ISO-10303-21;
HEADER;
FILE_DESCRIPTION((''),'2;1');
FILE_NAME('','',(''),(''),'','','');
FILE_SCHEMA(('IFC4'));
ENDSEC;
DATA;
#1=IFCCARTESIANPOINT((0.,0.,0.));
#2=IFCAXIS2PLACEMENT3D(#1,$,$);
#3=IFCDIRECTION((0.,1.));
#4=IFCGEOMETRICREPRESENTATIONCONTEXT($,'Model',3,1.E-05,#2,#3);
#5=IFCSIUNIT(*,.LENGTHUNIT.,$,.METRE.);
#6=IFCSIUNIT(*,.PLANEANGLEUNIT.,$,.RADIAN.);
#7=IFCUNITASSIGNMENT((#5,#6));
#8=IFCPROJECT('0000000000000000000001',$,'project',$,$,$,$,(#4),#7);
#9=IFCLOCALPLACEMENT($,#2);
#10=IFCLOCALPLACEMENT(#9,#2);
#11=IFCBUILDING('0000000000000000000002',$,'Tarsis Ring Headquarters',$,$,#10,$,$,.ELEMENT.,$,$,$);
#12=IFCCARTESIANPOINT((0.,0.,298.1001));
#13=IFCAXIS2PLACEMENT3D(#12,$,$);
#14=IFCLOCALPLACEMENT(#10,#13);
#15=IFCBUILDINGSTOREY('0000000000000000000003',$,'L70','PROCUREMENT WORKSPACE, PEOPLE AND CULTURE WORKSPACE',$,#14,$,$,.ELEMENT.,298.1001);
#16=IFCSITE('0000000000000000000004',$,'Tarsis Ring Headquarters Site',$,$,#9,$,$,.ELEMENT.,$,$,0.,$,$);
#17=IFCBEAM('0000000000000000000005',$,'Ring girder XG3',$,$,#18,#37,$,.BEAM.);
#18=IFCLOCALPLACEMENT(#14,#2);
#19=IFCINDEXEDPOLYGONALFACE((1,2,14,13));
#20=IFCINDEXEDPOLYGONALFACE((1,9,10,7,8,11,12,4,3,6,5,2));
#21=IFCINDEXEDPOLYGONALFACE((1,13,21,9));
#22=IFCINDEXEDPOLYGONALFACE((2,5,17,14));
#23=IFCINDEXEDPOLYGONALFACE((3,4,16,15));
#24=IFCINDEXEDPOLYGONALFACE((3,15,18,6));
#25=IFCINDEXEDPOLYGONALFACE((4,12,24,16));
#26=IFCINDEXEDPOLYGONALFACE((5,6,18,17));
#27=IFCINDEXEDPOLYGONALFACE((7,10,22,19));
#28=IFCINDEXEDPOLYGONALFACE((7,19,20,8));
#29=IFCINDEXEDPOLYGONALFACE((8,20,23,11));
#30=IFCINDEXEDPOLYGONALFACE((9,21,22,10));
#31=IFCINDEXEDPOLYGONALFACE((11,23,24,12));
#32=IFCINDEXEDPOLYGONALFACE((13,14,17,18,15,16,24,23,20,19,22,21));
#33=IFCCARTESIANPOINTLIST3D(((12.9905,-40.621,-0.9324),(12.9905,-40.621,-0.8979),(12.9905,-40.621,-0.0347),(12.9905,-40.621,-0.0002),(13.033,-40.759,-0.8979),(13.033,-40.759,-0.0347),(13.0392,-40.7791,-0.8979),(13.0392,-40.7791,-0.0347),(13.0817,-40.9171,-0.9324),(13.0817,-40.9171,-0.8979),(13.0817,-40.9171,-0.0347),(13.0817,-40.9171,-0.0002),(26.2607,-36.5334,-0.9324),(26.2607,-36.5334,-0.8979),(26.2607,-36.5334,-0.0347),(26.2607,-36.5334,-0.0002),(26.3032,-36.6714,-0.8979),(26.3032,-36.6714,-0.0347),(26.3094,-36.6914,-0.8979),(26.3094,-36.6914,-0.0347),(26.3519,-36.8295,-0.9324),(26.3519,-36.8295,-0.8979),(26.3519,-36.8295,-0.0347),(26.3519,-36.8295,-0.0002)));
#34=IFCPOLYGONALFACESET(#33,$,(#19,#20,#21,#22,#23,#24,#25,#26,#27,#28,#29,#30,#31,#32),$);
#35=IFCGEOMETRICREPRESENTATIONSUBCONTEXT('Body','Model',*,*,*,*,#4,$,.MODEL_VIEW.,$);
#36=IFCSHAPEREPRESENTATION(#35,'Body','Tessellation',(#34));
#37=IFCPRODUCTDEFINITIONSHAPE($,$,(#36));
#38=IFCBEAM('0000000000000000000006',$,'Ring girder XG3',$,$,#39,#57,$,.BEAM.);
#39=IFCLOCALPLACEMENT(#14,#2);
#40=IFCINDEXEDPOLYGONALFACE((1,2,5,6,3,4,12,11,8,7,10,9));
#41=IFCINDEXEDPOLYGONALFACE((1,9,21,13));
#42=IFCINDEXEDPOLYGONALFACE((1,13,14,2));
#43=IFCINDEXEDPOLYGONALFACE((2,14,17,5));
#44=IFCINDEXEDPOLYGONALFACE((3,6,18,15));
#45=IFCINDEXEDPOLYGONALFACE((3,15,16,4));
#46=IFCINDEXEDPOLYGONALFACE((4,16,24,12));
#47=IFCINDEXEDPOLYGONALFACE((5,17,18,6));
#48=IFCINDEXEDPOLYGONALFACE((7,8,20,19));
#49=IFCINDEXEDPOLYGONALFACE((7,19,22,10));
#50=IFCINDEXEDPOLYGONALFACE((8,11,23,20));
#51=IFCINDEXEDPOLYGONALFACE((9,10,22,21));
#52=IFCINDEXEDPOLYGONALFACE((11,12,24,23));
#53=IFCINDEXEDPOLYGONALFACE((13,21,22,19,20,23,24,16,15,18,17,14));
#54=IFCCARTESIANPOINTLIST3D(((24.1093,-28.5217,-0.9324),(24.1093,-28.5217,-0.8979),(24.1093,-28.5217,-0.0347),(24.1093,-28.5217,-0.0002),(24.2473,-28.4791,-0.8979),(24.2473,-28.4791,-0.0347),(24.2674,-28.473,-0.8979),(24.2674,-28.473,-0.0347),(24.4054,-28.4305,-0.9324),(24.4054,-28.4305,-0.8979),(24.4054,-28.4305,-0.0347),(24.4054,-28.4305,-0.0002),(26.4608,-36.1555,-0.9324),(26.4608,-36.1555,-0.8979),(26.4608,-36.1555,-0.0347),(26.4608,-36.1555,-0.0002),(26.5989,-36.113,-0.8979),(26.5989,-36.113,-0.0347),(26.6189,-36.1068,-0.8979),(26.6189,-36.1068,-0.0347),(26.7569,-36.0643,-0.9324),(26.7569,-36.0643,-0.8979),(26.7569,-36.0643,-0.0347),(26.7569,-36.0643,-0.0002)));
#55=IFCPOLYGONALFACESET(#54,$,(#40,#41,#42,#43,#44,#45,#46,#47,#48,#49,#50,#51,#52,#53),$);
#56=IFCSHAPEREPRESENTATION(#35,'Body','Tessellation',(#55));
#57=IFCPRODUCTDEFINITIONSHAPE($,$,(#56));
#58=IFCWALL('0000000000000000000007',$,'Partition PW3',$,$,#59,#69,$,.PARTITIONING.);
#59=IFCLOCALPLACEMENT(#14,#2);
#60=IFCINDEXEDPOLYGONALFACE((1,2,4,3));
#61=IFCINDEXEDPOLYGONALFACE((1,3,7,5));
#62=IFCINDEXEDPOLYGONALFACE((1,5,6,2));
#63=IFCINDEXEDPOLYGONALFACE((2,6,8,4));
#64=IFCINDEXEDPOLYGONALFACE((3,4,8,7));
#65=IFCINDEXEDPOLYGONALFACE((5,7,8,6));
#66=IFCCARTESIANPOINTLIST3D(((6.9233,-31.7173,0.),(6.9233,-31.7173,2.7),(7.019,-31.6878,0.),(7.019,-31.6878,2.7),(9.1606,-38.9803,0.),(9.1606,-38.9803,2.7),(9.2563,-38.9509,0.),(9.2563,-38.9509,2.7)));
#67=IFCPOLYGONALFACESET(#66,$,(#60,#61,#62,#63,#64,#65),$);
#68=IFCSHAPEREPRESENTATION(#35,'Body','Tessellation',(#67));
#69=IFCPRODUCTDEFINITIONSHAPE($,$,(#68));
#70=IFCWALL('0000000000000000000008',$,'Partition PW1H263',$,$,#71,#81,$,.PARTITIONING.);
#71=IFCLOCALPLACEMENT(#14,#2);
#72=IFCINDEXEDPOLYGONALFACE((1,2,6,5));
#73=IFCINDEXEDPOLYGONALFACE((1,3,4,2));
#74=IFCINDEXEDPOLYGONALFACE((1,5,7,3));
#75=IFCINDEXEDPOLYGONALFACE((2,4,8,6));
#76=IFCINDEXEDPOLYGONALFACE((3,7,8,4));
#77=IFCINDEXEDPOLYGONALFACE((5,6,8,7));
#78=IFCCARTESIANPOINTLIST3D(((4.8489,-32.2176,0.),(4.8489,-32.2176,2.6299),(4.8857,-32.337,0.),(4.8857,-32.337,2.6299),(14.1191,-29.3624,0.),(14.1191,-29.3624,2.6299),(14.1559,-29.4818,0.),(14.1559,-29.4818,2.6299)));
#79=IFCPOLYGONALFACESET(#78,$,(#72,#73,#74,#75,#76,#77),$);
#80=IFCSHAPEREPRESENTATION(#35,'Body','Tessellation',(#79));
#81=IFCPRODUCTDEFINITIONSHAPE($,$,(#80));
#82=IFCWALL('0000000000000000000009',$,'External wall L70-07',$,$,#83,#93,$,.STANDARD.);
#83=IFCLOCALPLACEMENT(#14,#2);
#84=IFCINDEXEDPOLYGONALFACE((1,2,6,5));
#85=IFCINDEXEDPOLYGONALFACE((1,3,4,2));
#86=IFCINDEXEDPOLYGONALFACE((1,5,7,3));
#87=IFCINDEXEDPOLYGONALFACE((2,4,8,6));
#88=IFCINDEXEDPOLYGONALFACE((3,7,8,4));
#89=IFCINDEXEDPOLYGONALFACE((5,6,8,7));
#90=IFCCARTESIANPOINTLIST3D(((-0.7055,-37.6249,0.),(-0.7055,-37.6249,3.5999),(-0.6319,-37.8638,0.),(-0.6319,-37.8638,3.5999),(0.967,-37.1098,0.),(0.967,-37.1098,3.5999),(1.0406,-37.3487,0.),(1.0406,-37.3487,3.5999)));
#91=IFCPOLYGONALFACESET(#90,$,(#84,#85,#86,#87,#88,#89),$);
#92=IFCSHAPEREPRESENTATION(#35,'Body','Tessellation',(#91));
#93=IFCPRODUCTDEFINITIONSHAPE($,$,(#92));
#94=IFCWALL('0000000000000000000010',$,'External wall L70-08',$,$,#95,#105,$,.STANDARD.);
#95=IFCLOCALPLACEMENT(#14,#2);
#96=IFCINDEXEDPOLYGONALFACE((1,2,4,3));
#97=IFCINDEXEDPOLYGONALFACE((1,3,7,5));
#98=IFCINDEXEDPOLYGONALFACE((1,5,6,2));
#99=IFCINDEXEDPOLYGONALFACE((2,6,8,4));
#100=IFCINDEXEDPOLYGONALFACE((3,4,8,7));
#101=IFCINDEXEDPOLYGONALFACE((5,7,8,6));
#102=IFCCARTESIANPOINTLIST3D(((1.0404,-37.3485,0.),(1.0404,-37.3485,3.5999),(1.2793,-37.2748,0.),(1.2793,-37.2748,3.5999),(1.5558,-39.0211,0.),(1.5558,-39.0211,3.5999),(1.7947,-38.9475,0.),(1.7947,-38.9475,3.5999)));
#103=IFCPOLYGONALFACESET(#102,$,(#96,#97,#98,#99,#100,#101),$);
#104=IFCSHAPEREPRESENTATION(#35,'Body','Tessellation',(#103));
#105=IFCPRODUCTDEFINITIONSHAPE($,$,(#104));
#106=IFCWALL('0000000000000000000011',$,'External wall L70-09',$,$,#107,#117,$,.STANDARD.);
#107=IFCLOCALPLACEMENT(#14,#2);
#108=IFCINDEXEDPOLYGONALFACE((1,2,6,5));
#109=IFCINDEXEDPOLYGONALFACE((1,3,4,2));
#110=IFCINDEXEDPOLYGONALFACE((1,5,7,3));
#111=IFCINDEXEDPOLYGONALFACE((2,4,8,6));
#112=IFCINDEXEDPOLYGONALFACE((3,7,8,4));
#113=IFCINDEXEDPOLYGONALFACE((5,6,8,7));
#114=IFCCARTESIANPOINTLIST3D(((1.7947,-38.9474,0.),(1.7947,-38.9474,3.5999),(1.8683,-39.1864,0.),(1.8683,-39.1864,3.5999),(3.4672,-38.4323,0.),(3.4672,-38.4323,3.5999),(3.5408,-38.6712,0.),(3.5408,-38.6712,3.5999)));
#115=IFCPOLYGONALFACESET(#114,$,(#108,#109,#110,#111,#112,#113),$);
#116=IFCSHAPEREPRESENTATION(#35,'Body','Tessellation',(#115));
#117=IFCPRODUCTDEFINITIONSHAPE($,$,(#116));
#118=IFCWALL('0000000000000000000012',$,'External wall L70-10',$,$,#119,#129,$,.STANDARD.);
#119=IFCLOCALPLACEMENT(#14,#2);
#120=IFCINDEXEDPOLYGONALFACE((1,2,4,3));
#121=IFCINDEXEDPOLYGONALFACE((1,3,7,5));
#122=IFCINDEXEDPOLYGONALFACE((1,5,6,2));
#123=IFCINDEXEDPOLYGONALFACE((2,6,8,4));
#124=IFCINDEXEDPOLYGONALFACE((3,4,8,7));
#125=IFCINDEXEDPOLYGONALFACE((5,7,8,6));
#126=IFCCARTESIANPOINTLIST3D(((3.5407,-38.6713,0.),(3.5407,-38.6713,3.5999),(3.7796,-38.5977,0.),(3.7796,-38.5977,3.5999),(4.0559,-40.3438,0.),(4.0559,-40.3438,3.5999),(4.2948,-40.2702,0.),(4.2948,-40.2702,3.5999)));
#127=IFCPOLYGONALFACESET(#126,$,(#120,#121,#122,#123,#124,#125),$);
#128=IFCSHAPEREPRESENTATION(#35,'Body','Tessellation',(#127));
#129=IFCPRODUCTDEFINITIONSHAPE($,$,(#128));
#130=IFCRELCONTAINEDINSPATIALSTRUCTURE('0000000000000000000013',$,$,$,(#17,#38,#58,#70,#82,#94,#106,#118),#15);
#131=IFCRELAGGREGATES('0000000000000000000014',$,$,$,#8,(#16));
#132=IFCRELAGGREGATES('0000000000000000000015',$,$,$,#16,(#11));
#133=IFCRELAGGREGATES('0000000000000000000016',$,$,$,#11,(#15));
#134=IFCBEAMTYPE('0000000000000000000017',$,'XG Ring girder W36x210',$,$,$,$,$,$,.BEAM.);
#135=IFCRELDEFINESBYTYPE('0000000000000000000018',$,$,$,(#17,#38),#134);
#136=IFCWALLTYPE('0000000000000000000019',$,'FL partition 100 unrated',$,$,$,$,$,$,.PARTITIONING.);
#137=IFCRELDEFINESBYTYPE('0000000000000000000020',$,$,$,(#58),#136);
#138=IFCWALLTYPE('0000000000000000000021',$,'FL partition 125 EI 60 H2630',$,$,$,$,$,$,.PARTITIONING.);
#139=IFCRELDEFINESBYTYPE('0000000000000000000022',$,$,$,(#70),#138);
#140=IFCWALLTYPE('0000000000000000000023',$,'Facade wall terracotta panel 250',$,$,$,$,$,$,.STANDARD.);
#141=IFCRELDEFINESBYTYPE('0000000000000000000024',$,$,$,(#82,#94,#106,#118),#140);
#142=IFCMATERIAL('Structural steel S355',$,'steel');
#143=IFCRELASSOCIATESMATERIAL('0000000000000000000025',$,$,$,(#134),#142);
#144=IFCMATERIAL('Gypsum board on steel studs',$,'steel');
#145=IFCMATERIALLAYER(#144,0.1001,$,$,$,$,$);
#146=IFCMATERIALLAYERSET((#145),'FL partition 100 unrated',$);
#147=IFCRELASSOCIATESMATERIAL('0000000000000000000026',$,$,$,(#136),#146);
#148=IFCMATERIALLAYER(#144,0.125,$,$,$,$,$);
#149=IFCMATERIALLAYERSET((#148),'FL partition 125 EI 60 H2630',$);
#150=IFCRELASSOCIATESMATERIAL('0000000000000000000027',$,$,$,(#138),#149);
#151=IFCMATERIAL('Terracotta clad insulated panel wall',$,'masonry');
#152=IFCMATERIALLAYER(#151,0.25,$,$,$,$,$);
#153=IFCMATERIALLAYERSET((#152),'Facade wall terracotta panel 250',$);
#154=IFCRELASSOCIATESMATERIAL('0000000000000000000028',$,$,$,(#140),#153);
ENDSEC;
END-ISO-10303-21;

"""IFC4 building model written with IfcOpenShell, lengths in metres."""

from ifc_helpers import new_model, si_unit, direction, frame, frame_2d, origin, origin_2d, place, context, subcontext, project, spatial, rectangle, i_section, extrude, material, layer, layer_set, material_profile, profile_set, type_object, element, save


model = new_model("IFC4")

# Units and contexts
model_context = context("Model", 3, precision=1e-05, world=origin(), true_north=direction((0.0, 1.0)))
body_context = subcontext(model_context, "Body", "Model", "MODEL_VIEW")
ifc_project = project(units=[si_unit("LENGTHUNIT", "METRE"), si_unit("PLANEANGLEUNIT", "RADIAN")], contexts=[model_context])

# Site, building, storey
site_placement = place(None, origin())
site = spatial("IfcSite", under=ifc_project, at=site_placement, Name="Tarsis Ring Headquarters Site", CompositionType="ELEMENT", RefElevation=0.0)
building_placement = place(site_placement, origin())
building = spatial("IfcBuilding", under=site, at=building_placement, Name="Tarsis Ring Headquarters", CompositionType="ELEMENT")
storey_placement = place(building_placement, frame((0.0, 0.0, 298.1001)))
storey = spatial("IfcBuildingStorey", under=building, at=storey_placement, Name="L70", Description="PROCUREMENT WORKSPACE, PEOPLE AND CULTURE WORKSPACE", CompositionType="ELEMENT", Elevation=298.1001)

# Shared definitions
ifc_material_1 = material(Name="Structural steel S355", Category="steel")

# Beams
ifc_material_profile_1 = material_profile(ifc_material_1, i_section(OverallWidth=0.3098, OverallDepth=0.9321, WebThickness=0.021, FlangeThickness=0.0344, at=origin_2d()), Name="W36x210")
ifc_profile_set_1 = profile_set([ifc_material_profile_1], Name="Structural steel S355")
beam_type = type_object("IfcBeamType", Name="XG Ring girder W36x210", PredefinedType="BEAM", material=ifc_profile_set_1)
beam_1_placement = place(storey_placement, frame((13.0361, -40.769, -0.4663), z_axis=(0.955688, 0.294381, 0.0), x_axis=(-0.294381, 0.955688, 0.0)))
element("IfcBeam", 1, at=beam_1_placement, inside=storey, type_object=beam_type, Name="Ring girder XG3", PredefinedType="BEAM", context=body_context, shape_type="SweptSolid", body=[
    extrude(i_section(OverallWidth=0.3098, OverallDepth=0.9321, WebThickness=0.021, FlangeThickness=0.0344, at=origin_2d()), origin(), (0.0, 0.0, 1.0), 13.8855),
])
beam_2_placement = place(storey_placement, frame((26.6089, -36.1099, -0.4663), z_axis=(-0.294395, 0.955684, 0.0), x_axis=(-0.955684, -0.294395, 0.0)))
element("IfcBeam", 2, at=beam_2_placement, inside=storey, type_object=beam_type, Name="Ring girder XG3", PredefinedType="BEAM", context=body_context, shape_type="SweptSolid", body=[
    extrude(i_section(OverallWidth=0.3098, OverallDepth=0.9321, WebThickness=0.021, FlangeThickness=0.0344, at=origin_2d()), origin(), (0.0, 0.0, 1.0), 7.9878),
])

# Walls
ifc_material_2 = material(Name="Gypsum board on steel studs", Category="steel")
ifc_layer_1 = layer(ifc_material_2, 0.1001)
ifc_layer_set_1 = layer_set([ifc_layer_1], Name="FL partition 100 unrated")
wall_type_1 = type_object("IfcWallType", Name="FL partition 100 unrated", PredefinedType="PARTITIONING", material=ifc_layer_set_1)
wall_1_placement = place(storey_placement, frame((6.9712, -31.7026, 0.0), z_axis=(0.0, 0.0, 1.0), x_axis=(0.294384, -0.955687, 0.0)))
element("IfcWall", 3, at=wall_1_placement, inside=storey, type_object=wall_type_1, Name="Partition PW3", PredefinedType="PARTITIONING", context=body_context, shape_type="SweptSolid", body=[
    extrude(rectangle(XDim=7.5999, YDim=0.1001, at=frame_2d((3.7998, 0.0))), origin(), (0.0, 0.0, 1.0), 2.7),
])
ifc_layer_2 = layer(ifc_material_2, 0.125)
ifc_layer_set_2 = layer_set([ifc_layer_2], Name="FL partition 125 EI 60 H2630")
wall_type_2 = type_object("IfcWallType", Name="FL partition 125 EI 60 H2630", PredefinedType="PARTITIONING", material=ifc_layer_set_2)
wall_2_placement = place(storey_placement, frame((4.8672, -32.2773, 0.0), z_axis=(0.0, 0.0, 1.0), x_axis=(0.955697, 0.294353, 0.0)))
element("IfcWall", 4, at=wall_2_placement, inside=storey, type_object=wall_type_2, Name="Partition PW1H263", PredefinedType="PARTITIONING", context=body_context, shape_type="SweptSolid", body=[
    extrude(rectangle(XDim=9.7, YDim=0.125, at=frame_2d((4.8501, 0.0))), origin(), (0.0, 0.0, 1.0), 2.6299),
])
ifc_material_3 = material(Name="Terracotta clad insulated panel wall", Category="masonry")
ifc_layer_3 = layer(ifc_material_3, 0.25)
ifc_layer_set_3 = layer_set([ifc_layer_3], Name="Facade wall terracotta panel 250")
wall_type_3 = type_object("IfcWallType", Name="Facade wall terracotta panel 250", PredefinedType="STANDARD", material=ifc_layer_set_3)
wall_3_placement = place(storey_placement, frame((-0.6687, -37.7444, 0.0), z_axis=(0.0, 0.0, 1.0), x_axis=(0.955688, 0.29438, 0.0)))
element("IfcWall", 5, at=wall_3_placement, inside=storey, type_object=wall_type_3, Name="External wall L70-07", PredefinedType="STANDARD", context=body_context, shape_type="SweptSolid", body=[
    extrude(rectangle(XDim=1.75, YDim=0.25, at=frame_2d((0.875, 0.0))), origin(), (0.0, 0.0, 1.0), 3.5999),
])
wall_4_placement = place(storey_placement, frame((1.1599, -37.3118, 0.0), z_axis=(0.0, 0.0, 1.0), x_axis=(0.294468, -0.955661, 0.0)))
element("IfcWall", 6, at=wall_4_placement, inside=storey, type_object=wall_type_3, Name="External wall L70-08", PredefinedType="STANDARD", context=body_context, shape_type="SweptSolid", body=[
    extrude(rectangle(XDim=1.7502, YDim=0.25, at=frame_2d((0.875, 0.0))), origin(), (0.0, 0.0, 1.0), 3.5999),
])
for number, where, z_axis, x_axis, name in (
    (7, (1.8315, -39.0669, 0.0), (0.0, 0.0, 1.0), (0.955688, 0.29438, 0.0), "External wall L70-09"),
    (8, (3.6602, -38.6345, 0.0), (0.0, 0.0, 1.0), (0.29438, -0.955688, 0.0), "External wall L70-10"),
):
    element("IfcWall", number, at=place(storey_placement, frame(where, z_axis=z_axis, x_axis=x_axis)), inside=storey, type_object=wall_type_3, Name=name, PredefinedType="STANDARD", context=body_context, shape_type="SweptSolid", body=[
        extrude(rectangle(XDim=1.75, YDim=0.25, at=frame_2d((0.875, 0.0))), origin(), (0.0, 0.0, 1.0), 3.5999),
    ])

save(model, "model.ifc")
